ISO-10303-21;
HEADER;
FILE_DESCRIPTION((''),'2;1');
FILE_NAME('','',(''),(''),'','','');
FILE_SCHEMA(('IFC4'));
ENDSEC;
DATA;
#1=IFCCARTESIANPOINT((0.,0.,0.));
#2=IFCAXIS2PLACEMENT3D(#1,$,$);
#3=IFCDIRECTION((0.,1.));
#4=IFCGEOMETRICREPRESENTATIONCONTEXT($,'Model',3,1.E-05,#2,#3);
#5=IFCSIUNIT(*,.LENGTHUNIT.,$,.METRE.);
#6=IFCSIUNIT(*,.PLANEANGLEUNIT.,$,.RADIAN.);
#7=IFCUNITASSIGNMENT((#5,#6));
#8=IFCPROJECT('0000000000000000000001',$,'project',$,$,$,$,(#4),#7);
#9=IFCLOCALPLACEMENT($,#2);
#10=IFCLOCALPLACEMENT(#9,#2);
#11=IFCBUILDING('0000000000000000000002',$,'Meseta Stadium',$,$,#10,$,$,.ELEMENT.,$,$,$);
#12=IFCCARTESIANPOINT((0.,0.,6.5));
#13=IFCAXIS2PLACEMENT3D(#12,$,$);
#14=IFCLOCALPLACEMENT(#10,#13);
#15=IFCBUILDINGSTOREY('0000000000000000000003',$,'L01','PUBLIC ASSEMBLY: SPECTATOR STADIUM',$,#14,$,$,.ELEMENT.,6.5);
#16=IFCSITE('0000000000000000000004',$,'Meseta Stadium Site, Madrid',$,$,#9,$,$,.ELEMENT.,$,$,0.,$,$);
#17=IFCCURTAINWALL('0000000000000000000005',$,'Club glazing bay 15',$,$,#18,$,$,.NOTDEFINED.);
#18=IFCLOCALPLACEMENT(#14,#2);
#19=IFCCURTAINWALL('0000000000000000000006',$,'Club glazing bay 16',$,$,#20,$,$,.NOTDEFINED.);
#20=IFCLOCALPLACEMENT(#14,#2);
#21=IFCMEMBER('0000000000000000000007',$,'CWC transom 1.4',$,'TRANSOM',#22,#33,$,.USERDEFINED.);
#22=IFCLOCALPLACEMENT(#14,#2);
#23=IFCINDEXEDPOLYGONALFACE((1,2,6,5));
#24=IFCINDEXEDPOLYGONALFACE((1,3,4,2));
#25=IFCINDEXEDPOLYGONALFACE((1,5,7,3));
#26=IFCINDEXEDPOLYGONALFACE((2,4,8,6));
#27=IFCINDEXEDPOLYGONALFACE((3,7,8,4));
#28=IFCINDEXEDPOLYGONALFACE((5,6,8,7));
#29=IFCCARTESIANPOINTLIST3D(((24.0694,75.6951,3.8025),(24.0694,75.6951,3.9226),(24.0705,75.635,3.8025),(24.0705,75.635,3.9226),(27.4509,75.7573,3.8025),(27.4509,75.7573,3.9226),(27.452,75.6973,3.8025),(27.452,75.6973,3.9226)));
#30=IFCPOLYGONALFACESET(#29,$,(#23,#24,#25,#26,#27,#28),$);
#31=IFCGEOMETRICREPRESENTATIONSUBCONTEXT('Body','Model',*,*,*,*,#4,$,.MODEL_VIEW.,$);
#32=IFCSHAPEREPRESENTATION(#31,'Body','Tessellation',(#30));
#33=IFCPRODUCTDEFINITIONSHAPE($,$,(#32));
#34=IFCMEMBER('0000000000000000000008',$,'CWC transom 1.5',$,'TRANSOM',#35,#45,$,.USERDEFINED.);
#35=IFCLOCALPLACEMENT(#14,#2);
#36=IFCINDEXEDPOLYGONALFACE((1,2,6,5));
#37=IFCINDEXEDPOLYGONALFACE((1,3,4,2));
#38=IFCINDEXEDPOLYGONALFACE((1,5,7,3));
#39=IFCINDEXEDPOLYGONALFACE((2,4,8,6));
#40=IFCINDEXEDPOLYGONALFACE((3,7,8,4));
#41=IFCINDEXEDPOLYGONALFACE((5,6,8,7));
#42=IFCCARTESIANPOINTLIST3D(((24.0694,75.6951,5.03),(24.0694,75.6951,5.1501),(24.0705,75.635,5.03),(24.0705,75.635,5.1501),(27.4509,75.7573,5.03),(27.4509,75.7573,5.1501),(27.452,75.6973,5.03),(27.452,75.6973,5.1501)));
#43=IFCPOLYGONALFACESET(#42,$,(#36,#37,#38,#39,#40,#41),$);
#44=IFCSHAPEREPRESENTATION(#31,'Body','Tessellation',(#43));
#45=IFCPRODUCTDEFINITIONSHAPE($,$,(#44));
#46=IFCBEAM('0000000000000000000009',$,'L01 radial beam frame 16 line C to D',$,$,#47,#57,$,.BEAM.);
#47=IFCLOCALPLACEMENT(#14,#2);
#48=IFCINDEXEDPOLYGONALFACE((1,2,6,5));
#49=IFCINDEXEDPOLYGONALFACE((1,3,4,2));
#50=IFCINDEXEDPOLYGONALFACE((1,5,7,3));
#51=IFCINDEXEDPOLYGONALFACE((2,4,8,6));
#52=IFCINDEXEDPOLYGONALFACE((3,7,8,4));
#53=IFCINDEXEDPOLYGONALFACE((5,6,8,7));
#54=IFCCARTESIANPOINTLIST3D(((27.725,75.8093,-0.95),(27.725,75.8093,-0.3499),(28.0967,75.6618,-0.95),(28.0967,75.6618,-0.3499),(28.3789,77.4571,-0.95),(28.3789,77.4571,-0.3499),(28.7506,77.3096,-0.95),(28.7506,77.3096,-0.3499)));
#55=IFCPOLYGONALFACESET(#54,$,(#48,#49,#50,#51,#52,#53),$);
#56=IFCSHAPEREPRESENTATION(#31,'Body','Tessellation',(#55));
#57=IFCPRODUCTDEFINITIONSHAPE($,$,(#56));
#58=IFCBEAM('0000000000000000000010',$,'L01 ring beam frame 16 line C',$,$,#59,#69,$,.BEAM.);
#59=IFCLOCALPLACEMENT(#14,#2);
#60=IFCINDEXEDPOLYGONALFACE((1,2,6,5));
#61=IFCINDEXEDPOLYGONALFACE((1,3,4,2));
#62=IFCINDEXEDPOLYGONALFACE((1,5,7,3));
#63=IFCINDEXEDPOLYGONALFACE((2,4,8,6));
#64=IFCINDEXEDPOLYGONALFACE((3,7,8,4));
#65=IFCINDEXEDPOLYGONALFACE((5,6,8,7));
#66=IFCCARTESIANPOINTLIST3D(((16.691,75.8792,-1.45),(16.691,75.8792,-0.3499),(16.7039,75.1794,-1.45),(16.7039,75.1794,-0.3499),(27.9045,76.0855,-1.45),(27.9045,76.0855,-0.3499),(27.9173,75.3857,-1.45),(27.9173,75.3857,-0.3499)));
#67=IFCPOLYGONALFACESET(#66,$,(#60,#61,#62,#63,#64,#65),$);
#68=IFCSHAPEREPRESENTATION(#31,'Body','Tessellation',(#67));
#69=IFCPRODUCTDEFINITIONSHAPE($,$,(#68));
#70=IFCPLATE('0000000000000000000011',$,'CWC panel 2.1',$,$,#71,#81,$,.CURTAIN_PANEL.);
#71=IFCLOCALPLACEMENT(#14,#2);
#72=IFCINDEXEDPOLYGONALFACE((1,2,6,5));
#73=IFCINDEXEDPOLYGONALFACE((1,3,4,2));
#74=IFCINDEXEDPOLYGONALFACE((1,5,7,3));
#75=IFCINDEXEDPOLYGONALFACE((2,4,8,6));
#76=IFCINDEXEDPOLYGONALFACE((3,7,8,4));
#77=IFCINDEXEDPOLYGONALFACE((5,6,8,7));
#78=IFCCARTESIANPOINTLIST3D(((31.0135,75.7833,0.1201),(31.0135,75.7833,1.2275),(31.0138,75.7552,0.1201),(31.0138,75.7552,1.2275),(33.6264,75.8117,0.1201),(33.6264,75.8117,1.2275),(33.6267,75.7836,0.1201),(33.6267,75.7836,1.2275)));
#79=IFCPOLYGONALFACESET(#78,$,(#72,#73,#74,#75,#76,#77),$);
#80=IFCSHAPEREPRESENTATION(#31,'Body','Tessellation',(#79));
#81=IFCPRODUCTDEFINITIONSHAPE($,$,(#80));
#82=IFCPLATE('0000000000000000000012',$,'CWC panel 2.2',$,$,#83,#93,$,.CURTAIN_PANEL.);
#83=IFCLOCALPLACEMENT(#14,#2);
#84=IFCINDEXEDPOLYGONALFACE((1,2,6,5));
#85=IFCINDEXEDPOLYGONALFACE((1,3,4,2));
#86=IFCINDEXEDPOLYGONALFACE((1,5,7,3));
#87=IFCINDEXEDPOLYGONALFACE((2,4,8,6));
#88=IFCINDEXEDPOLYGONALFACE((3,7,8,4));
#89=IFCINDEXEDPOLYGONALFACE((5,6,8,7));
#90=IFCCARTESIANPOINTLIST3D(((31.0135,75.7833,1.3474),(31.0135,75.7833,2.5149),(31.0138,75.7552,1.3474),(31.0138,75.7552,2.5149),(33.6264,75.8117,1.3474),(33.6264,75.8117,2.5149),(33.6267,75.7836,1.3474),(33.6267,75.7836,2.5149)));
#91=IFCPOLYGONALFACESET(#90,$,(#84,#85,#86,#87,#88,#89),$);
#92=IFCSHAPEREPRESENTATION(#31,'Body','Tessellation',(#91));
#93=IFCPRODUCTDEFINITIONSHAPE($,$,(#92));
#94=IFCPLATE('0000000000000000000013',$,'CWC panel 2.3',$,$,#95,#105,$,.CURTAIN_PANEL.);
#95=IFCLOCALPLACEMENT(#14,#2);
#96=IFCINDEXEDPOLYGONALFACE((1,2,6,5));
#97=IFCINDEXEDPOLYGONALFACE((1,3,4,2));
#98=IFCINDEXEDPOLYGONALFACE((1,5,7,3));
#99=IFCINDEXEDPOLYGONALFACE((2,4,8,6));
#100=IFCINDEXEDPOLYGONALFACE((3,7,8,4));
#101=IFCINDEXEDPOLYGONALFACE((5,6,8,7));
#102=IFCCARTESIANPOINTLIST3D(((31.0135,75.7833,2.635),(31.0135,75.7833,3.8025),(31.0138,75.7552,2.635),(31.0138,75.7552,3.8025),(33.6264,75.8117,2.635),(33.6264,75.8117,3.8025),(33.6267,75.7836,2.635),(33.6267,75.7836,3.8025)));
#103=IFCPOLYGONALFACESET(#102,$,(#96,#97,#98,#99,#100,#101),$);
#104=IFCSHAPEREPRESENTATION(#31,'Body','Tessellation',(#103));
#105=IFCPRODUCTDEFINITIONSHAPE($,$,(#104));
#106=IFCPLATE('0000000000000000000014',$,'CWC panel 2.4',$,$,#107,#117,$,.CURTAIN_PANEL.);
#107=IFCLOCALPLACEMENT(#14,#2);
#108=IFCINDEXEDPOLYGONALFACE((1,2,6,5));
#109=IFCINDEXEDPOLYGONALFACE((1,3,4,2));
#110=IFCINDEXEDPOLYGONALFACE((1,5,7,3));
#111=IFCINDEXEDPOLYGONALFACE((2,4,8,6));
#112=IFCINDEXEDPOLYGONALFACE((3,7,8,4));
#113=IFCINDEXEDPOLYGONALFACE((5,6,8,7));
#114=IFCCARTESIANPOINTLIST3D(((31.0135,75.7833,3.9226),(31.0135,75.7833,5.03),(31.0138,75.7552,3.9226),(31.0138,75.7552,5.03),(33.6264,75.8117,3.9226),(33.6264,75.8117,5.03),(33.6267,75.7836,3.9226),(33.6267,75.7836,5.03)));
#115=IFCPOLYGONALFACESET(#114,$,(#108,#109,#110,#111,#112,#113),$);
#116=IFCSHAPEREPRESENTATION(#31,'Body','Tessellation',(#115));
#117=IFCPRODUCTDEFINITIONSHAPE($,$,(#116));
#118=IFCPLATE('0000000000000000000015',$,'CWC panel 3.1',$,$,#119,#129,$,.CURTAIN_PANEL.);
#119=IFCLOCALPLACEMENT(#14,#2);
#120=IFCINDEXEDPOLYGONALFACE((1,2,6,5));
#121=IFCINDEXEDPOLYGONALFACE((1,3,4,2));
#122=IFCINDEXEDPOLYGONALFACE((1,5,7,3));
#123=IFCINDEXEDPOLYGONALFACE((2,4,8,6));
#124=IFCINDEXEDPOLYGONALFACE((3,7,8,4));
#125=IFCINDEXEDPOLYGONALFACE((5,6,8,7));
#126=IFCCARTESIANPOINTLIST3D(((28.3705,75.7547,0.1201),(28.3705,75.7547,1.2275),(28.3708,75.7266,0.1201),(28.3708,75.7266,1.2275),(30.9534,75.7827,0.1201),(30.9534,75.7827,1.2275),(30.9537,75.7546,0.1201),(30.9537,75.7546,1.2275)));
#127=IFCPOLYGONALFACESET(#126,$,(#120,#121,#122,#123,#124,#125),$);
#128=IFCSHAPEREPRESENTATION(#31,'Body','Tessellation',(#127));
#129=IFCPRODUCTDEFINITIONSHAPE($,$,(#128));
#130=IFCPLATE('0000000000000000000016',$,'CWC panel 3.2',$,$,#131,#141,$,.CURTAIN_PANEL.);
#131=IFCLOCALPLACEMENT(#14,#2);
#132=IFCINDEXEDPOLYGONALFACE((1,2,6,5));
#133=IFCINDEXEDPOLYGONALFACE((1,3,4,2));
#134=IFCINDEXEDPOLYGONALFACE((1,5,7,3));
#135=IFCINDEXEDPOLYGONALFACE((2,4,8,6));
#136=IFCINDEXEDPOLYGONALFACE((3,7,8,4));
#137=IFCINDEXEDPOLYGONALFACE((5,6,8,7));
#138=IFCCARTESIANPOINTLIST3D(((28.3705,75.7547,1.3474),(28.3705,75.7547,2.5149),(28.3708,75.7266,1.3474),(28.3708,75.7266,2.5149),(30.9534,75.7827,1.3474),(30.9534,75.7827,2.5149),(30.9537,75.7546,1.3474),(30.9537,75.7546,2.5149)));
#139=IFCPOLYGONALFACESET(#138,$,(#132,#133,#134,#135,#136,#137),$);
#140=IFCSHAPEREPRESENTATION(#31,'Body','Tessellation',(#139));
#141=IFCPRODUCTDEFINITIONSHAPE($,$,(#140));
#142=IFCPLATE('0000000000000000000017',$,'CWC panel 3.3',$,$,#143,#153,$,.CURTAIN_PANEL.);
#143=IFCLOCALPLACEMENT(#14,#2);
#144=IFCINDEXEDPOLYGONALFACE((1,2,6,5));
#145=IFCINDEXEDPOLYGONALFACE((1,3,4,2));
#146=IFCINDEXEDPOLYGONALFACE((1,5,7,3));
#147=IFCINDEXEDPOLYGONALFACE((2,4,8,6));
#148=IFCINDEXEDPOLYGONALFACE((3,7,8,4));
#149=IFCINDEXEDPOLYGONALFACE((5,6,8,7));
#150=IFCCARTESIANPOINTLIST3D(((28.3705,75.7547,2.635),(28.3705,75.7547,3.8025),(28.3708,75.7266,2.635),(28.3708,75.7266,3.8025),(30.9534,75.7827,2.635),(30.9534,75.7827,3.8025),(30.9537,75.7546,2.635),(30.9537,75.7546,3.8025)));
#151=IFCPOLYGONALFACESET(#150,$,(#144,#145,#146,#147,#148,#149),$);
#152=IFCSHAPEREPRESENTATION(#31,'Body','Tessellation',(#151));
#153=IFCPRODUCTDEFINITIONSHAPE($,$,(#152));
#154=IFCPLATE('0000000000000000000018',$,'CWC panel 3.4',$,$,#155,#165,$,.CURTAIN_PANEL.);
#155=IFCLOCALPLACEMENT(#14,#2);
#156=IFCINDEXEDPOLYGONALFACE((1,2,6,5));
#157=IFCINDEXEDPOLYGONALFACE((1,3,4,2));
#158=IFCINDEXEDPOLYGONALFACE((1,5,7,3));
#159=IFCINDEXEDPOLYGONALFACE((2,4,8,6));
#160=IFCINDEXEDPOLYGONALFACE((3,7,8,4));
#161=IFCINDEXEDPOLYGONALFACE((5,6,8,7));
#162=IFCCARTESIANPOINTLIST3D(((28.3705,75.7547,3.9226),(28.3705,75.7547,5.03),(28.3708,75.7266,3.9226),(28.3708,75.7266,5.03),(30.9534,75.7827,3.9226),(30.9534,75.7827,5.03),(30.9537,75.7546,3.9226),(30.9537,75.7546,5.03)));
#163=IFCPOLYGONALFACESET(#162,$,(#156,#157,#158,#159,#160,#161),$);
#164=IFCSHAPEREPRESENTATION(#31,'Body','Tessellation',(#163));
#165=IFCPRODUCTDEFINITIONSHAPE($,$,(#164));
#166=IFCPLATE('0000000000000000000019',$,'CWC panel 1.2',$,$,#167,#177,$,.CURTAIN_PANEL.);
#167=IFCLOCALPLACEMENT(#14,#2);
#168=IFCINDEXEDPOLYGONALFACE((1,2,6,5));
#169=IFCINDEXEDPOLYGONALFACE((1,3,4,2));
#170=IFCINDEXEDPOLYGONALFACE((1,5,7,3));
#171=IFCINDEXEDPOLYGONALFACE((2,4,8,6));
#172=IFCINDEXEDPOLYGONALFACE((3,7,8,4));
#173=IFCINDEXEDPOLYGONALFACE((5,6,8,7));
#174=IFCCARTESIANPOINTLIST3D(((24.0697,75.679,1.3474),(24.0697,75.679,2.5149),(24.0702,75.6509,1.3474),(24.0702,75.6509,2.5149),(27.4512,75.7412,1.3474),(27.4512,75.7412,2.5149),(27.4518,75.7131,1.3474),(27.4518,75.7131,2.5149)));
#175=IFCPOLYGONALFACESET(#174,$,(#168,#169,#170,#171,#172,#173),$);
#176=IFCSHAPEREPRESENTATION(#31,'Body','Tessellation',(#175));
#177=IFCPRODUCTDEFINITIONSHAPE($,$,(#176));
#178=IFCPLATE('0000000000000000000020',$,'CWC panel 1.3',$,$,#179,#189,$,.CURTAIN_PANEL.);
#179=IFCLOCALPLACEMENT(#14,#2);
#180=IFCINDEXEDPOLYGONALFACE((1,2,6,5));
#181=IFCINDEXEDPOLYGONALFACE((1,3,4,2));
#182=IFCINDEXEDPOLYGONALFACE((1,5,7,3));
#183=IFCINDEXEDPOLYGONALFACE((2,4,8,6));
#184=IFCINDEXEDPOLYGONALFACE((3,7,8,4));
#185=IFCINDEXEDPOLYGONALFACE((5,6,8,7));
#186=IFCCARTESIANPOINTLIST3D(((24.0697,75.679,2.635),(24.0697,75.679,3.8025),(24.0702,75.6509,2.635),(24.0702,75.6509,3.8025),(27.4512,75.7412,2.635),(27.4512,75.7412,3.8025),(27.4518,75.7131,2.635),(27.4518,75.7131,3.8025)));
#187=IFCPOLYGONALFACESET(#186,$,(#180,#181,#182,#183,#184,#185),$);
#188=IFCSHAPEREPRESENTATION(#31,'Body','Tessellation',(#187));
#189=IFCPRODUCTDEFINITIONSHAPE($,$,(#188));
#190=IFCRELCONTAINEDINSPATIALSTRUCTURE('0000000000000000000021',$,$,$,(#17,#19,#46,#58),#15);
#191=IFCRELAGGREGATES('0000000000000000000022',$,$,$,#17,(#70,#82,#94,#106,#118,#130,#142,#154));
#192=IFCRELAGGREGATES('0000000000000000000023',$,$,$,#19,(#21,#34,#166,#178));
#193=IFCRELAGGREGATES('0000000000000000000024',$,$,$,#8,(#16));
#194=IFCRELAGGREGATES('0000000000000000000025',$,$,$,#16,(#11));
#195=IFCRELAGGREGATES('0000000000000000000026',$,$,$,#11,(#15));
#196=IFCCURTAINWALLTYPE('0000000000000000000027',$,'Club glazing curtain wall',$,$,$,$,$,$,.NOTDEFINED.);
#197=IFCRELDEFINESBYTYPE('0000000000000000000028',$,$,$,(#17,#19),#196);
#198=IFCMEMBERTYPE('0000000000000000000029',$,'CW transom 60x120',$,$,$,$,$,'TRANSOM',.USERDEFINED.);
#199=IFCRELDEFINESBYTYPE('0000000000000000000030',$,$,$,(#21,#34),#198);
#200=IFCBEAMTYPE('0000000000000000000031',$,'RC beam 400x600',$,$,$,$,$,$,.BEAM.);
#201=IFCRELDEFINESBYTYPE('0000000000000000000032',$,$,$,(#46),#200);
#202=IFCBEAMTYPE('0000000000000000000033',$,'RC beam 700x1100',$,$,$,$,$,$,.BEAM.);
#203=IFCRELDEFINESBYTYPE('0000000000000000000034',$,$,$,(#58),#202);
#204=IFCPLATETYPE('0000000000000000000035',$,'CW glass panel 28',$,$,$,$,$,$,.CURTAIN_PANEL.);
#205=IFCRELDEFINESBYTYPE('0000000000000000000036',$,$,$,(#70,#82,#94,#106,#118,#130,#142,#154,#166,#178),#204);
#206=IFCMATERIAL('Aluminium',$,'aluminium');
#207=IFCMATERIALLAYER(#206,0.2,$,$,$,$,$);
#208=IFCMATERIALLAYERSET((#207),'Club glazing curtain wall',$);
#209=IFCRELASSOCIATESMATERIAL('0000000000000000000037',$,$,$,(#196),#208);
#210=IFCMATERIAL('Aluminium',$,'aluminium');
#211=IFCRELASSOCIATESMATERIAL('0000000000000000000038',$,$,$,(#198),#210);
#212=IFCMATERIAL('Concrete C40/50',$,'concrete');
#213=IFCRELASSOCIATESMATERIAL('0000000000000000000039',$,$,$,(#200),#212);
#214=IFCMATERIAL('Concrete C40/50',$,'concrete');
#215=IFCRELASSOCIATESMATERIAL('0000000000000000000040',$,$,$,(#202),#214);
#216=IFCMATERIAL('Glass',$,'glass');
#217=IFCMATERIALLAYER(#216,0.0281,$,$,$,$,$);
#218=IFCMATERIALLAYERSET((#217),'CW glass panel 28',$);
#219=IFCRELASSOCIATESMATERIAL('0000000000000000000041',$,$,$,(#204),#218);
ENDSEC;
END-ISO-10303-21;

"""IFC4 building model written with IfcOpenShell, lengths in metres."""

from ifc_helpers import new_model, si_unit, direction, frame, origin, origin_2d, place, context, subcontext, project, spatial, rectangle, extrude, material, layer, layer_set, material_profile, profile_set, type_object, element, aggregate, save


model = new_model("IFC4")

# Units and contexts
model_context = context("Model", 3, precision=1e-05, world=origin(), true_north=direction((0.0, 1.0)))
body_context = subcontext(model_context, "Body", "Model", "MODEL_VIEW")
ifc_project = project(units=[si_unit("LENGTHUNIT", "METRE"), si_unit("PLANEANGLEUNIT", "RADIAN")], contexts=[model_context])

# Site, building, storey
site_placement = place(None, origin())
site = spatial("IfcSite", under=ifc_project, at=site_placement, Name="Meseta Stadium Site, Madrid", CompositionType="ELEMENT", RefElevation=0.0)
building_placement = place(site_placement, origin())
building = spatial("IfcBuilding", under=site, at=building_placement, Name="Meseta Stadium", CompositionType="ELEMENT")
storey_placement = place(building_placement, frame((0.0, 0.0, 6.5)))
storey = spatial("IfcBuildingStorey", under=building, at=storey_placement, Name="L01", Description="PUBLIC ASSEMBLY: SPECTATOR STADIUM", CompositionType="ELEMENT", Elevation=6.5)

# Shared definitions
ifc_material_1 = material(Name="Aluminium", Category="aluminium")
ifc_layer_1 = layer(ifc_material_1, 0.2)
ifc_layer_set_1 = layer_set([ifc_layer_1], Name="Club glazing curtain wall")
curtain_wall_type = type_object("IfcCurtainWallType", Name="Club glazing curtain wall", PredefinedType="NOTDEFINED", material=ifc_layer_set_1)

# Curtain wall
curtain_wall_1_placement = place(storey_placement, origin())
curtain_wall_1 = element("IfcCurtainWall", 1, at=curtain_wall_1_placement, inside=storey, type_object=curtain_wall_type, Name="Club glazing bay 15", PredefinedType="NOTDEFINED")

# Curtain wall
curtain_wall_2_placement = place(storey_placement, origin())
curtain_wall_2 = element("IfcCurtainWall", 2, at=curtain_wall_2_placement, inside=storey, type_object=curtain_wall_type, Name="Club glazing bay 16", PredefinedType="NOTDEFINED")

# Members
ifc_material_2 = material(Name="Aluminium", Category="aluminium")
ifc_material_profile_1 = material_profile(ifc_material_2, rectangle(XDim=0.0601, YDim=0.1201, at=origin_2d()), Name="CW 60x120")
ifc_profile_set_1 = profile_set([ifc_material_profile_1], Name="Aluminium")
member_type_1 = type_object("IfcMemberType", Name="CW transom 60x120", ElementType="TRANSOM", PredefinedType="USERDEFINED", material=ifc_profile_set_1)
member_1_placement = place(storey_placement, frame((27.4514, 75.7273, 3.8625), z_axis=(-0.999831, -0.018407, 0.0), x_axis=(0.018407, -0.999831, 0.0)))
member_1 = element("IfcMember", 3, at=member_1_placement, type_object=member_type_1, Name="CWC transom 1.4", ObjectType="TRANSOM", PredefinedType="USERDEFINED", context=body_context, shape_type="SweptSolid", body=[
    extrude(rectangle(XDim=0.0601, YDim=0.1201, at=origin_2d()), origin(), (0.0, 0.0, 1.0), 3.3821),
])
member_2_placement = place(storey_placement, frame((27.4514, 75.7273, 5.0901), z_axis=(-0.999831, -0.018407, 0.0), x_axis=(0.018407, -0.999831, 0.0)))
member_2 = element("IfcMember", 4, at=member_2_placement, type_object=member_type_1, Name="CWC transom 1.5", ObjectType="TRANSOM", PredefinedType="USERDEFINED", context=body_context, shape_type="SweptSolid", body=[
    extrude(rectangle(XDim=0.0601, YDim=0.1201, at=origin_2d()), origin(), (0.0, 0.0, 1.0), 3.3821),
])

# Beams
ifc_material_3 = material(Name="Concrete C40/50", Category="concrete")
ifc_material_profile_2 = material_profile(ifc_material_3, rectangle(XDim=0.3999, YDim=0.6001, at=origin_2d()), Name="RC 400x600")
ifc_profile_set_2 = profile_set([ifc_material_profile_2], Name="Concrete C40/50")
beam_type_1 = type_object("IfcBeamType", Name="RC beam 400x600", PredefinedType="BEAM", material=ifc_profile_set_2)
beam_1_placement = place(storey_placement, frame((27.9109, 75.7356, -0.6499), z_axis=(0.368825, 0.929499, 0.0), x_axis=(-0.929499, 0.368825, 0.0)))
element("IfcBeam", 5, at=beam_1_placement, inside=storey, type_object=beam_type_1, Name="L01 radial beam frame 16 line C to D", PredefinedType="BEAM", context=body_context, shape_type="SweptSolid", body=[
    extrude(rectangle(XDim=0.3999, YDim=0.6001, at=origin_2d()), origin(), (0.0, 0.0, 1.0), 1.7727),
])
ifc_material_4 = material(Name="Concrete C40/50", Category="concrete")
ifc_material_profile_3 = material_profile(ifc_material_4, rectangle(XDim=0.7, YDim=1.1001, at=origin_2d()), Name="RC 700x1100")
ifc_profile_set_3 = profile_set([ifc_material_profile_3], Name="Concrete C40/50")
beam_type_2 = type_object("IfcBeamType", Name="RC beam 700x1100", PredefinedType="BEAM", material=ifc_profile_set_3)
beam_2_placement = place(storey_placement, frame((27.9109, 75.7356, -0.8999), z_axis=(-0.999831, -0.018394, 0.0), x_axis=(0.018394, -0.999831, 0.0)))
element("IfcBeam", 6, at=beam_2_placement, inside=storey, type_object=beam_type_2, Name="L01 ring beam frame 16 line C", PredefinedType="BEAM", context=body_context, shape_type="SweptSolid", body=[
    extrude(rectangle(XDim=0.7, YDim=1.1001, at=origin_2d()), origin(), (0.0, 0.0, 1.0), 11.2153),
])

# Plates
ifc_material_5 = material(Name="Glass", Category="glass")
ifc_layer_2 = layer(ifc_material_5, 0.0281)
ifc_layer_set_2 = layer_set([ifc_layer_2], Name="CW glass panel 28")
plate_type = type_object("IfcPlateType", Name="CW glass panel 28", PredefinedType="CURTAIN_PANEL", material=ifc_layer_set_2)
plate_1_placement = place(storey_placement, frame((32.3201, 75.7834, 0.1201), z_axis=(0.0, 0.0, 1.0), x_axis=(-0.999941, -0.010843, 0.0)))
plate_1 = element("IfcPlate", 7, at=plate_1_placement, type_object=plate_type, Name="CWC panel 2.1", PredefinedType="CURTAIN_PANEL", context=body_context, shape_type="SweptSolid", body=[
    extrude(rectangle(XDim=2.613, YDim=0.0281, at=origin_2d()), origin(), (0.0, 0.0, 1.0), 1.1074),
])
plate_2_placement = place(storey_placement, frame((32.3201, 75.7834, 1.3474), z_axis=(0.0, 0.0, 1.0), x_axis=(-0.999941, -0.010843, 0.0)))
plate_2 = element("IfcPlate", 8, at=plate_2_placement, type_object=plate_type, Name="CWC panel 2.2", PredefinedType="CURTAIN_PANEL", context=body_context, shape_type="SweptSolid", body=[
    extrude(rectangle(XDim=2.613, YDim=0.0281, at=origin_2d()), origin(), (0.0, 0.0, 1.0), 1.1675),
])
plate_3_placement = place(storey_placement, frame((32.3201, 75.7834, 2.635), z_axis=(0.0, 0.0, 1.0), x_axis=(-0.999941, -0.010843, 0.0)))
plate_3 = element("IfcPlate", 9, at=plate_3_placement, type_object=plate_type, Name="CWC panel 2.3", PredefinedType="CURTAIN_PANEL", context=body_context, shape_type="SweptSolid", body=[
    extrude(rectangle(XDim=2.613, YDim=0.0281, at=origin_2d()), origin(), (0.0, 0.0, 1.0), 1.1675),
])
plate_4_placement = place(storey_placement, frame((32.3201, 75.7834, 3.9226), z_axis=(0.0, 0.0, 1.0), x_axis=(-0.999941, -0.010843, 0.0)))
plate_4 = element("IfcPlate", 10, at=plate_4_placement, type_object=plate_type, Name="CWC panel 2.4", PredefinedType="CURTAIN_PANEL", context=body_context, shape_type="SweptSolid", body=[
    extrude(rectangle(XDim=2.613, YDim=0.0281, at=origin_2d()), origin(), (0.0, 0.0, 1.0), 1.1074),
])
plate_5_placement = place(storey_placement, frame((29.6621, 75.7546, 0.1201), z_axis=(0.0, 0.0, 1.0), x_axis=(-0.999941, -0.010843, 0.0)))
plate_5 = element("IfcPlate", 11, at=plate_5_placement, type_object=plate_type, Name="CWC panel 3.1", PredefinedType="CURTAIN_PANEL", context=body_context, shape_type="SweptSolid", body=[
    extrude(rectangle(XDim=2.583, YDim=0.0281, at=origin_2d()), origin(), (0.0, 0.0, 1.0), 1.1074),
])
plate_6_placement = place(storey_placement, frame((29.6621, 75.7546, 1.3474), z_axis=(0.0, 0.0, 1.0), x_axis=(-0.999941, -0.010843, 0.0)))
plate_6 = element("IfcPlate", 12, at=plate_6_placement, type_object=plate_type, Name="CWC panel 3.2", PredefinedType="CURTAIN_PANEL", context=body_context, shape_type="SweptSolid", body=[
    extrude(rectangle(XDim=2.583, YDim=0.0281, at=origin_2d()), origin(), (0.0, 0.0, 1.0), 1.1675),
])
plate_7_placement = place(storey_placement, frame((29.6621, 75.7546, 2.635), z_axis=(0.0, 0.0, 1.0), x_axis=(-0.999941, -0.010843, 0.0)))
plate_7 = element("IfcPlate", 13, at=plate_7_placement, type_object=plate_type, Name="CWC panel 3.3", PredefinedType="CURTAIN_PANEL", context=body_context, shape_type="SweptSolid", body=[
    extrude(rectangle(XDim=2.583, YDim=0.0281, at=origin_2d()), origin(), (0.0, 0.0, 1.0), 1.1675),
])
plate_8_placement = place(storey_placement, frame((29.6621, 75.7546, 3.9226), z_axis=(0.0, 0.0, 1.0), x_axis=(-0.999941, -0.010843, 0.0)))
plate_8 = element("IfcPlate", 14, at=plate_8_placement, type_object=plate_type, Name="CWC panel 3.4", PredefinedType="CURTAIN_PANEL", context=body_context, shape_type="SweptSolid", body=[
    extrude(rectangle(XDim=2.583, YDim=0.0281, at=origin_2d()), origin(), (0.0, 0.0, 1.0), 1.1074),
])
aggregate(curtain_wall_1, [plate_1, plate_2, plate_3, plate_4, plate_5, plate_6, plate_7, plate_8])
plate_9_placement = place(storey_placement, frame((25.7607, 75.696, 1.3474), z_axis=(0.0, 0.0, 1.0), x_axis=(-0.999831, -0.018384, 0.0)))
plate_9 = element("IfcPlate", 15, at=plate_9_placement, type_object=plate_type, Name="CWC panel 1.2", PredefinedType="CURTAIN_PANEL", context=body_context, shape_type="SweptSolid", body=[
    extrude(rectangle(XDim=3.3821, YDim=0.0281, at=origin_2d()), origin(), (0.0, 0.0, 1.0), 1.1675),
])
plate_10_placement = place(storey_placement, frame((25.7607, 75.696, 2.635), z_axis=(0.0, 0.0, 1.0), x_axis=(-0.999831, -0.018384, 0.0)))
plate_10 = element("IfcPlate", 16, at=plate_10_placement, type_object=plate_type, Name="CWC panel 1.3", PredefinedType="CURTAIN_PANEL", context=body_context, shape_type="SweptSolid", body=[
    extrude(rectangle(XDim=3.3821, YDim=0.0281, at=origin_2d()), origin(), (0.0, 0.0, 1.0), 1.1675),
])
aggregate(curtain_wall_2, [member_1, member_2, plate_9, plate_10])

save(model, "model.ifc")
